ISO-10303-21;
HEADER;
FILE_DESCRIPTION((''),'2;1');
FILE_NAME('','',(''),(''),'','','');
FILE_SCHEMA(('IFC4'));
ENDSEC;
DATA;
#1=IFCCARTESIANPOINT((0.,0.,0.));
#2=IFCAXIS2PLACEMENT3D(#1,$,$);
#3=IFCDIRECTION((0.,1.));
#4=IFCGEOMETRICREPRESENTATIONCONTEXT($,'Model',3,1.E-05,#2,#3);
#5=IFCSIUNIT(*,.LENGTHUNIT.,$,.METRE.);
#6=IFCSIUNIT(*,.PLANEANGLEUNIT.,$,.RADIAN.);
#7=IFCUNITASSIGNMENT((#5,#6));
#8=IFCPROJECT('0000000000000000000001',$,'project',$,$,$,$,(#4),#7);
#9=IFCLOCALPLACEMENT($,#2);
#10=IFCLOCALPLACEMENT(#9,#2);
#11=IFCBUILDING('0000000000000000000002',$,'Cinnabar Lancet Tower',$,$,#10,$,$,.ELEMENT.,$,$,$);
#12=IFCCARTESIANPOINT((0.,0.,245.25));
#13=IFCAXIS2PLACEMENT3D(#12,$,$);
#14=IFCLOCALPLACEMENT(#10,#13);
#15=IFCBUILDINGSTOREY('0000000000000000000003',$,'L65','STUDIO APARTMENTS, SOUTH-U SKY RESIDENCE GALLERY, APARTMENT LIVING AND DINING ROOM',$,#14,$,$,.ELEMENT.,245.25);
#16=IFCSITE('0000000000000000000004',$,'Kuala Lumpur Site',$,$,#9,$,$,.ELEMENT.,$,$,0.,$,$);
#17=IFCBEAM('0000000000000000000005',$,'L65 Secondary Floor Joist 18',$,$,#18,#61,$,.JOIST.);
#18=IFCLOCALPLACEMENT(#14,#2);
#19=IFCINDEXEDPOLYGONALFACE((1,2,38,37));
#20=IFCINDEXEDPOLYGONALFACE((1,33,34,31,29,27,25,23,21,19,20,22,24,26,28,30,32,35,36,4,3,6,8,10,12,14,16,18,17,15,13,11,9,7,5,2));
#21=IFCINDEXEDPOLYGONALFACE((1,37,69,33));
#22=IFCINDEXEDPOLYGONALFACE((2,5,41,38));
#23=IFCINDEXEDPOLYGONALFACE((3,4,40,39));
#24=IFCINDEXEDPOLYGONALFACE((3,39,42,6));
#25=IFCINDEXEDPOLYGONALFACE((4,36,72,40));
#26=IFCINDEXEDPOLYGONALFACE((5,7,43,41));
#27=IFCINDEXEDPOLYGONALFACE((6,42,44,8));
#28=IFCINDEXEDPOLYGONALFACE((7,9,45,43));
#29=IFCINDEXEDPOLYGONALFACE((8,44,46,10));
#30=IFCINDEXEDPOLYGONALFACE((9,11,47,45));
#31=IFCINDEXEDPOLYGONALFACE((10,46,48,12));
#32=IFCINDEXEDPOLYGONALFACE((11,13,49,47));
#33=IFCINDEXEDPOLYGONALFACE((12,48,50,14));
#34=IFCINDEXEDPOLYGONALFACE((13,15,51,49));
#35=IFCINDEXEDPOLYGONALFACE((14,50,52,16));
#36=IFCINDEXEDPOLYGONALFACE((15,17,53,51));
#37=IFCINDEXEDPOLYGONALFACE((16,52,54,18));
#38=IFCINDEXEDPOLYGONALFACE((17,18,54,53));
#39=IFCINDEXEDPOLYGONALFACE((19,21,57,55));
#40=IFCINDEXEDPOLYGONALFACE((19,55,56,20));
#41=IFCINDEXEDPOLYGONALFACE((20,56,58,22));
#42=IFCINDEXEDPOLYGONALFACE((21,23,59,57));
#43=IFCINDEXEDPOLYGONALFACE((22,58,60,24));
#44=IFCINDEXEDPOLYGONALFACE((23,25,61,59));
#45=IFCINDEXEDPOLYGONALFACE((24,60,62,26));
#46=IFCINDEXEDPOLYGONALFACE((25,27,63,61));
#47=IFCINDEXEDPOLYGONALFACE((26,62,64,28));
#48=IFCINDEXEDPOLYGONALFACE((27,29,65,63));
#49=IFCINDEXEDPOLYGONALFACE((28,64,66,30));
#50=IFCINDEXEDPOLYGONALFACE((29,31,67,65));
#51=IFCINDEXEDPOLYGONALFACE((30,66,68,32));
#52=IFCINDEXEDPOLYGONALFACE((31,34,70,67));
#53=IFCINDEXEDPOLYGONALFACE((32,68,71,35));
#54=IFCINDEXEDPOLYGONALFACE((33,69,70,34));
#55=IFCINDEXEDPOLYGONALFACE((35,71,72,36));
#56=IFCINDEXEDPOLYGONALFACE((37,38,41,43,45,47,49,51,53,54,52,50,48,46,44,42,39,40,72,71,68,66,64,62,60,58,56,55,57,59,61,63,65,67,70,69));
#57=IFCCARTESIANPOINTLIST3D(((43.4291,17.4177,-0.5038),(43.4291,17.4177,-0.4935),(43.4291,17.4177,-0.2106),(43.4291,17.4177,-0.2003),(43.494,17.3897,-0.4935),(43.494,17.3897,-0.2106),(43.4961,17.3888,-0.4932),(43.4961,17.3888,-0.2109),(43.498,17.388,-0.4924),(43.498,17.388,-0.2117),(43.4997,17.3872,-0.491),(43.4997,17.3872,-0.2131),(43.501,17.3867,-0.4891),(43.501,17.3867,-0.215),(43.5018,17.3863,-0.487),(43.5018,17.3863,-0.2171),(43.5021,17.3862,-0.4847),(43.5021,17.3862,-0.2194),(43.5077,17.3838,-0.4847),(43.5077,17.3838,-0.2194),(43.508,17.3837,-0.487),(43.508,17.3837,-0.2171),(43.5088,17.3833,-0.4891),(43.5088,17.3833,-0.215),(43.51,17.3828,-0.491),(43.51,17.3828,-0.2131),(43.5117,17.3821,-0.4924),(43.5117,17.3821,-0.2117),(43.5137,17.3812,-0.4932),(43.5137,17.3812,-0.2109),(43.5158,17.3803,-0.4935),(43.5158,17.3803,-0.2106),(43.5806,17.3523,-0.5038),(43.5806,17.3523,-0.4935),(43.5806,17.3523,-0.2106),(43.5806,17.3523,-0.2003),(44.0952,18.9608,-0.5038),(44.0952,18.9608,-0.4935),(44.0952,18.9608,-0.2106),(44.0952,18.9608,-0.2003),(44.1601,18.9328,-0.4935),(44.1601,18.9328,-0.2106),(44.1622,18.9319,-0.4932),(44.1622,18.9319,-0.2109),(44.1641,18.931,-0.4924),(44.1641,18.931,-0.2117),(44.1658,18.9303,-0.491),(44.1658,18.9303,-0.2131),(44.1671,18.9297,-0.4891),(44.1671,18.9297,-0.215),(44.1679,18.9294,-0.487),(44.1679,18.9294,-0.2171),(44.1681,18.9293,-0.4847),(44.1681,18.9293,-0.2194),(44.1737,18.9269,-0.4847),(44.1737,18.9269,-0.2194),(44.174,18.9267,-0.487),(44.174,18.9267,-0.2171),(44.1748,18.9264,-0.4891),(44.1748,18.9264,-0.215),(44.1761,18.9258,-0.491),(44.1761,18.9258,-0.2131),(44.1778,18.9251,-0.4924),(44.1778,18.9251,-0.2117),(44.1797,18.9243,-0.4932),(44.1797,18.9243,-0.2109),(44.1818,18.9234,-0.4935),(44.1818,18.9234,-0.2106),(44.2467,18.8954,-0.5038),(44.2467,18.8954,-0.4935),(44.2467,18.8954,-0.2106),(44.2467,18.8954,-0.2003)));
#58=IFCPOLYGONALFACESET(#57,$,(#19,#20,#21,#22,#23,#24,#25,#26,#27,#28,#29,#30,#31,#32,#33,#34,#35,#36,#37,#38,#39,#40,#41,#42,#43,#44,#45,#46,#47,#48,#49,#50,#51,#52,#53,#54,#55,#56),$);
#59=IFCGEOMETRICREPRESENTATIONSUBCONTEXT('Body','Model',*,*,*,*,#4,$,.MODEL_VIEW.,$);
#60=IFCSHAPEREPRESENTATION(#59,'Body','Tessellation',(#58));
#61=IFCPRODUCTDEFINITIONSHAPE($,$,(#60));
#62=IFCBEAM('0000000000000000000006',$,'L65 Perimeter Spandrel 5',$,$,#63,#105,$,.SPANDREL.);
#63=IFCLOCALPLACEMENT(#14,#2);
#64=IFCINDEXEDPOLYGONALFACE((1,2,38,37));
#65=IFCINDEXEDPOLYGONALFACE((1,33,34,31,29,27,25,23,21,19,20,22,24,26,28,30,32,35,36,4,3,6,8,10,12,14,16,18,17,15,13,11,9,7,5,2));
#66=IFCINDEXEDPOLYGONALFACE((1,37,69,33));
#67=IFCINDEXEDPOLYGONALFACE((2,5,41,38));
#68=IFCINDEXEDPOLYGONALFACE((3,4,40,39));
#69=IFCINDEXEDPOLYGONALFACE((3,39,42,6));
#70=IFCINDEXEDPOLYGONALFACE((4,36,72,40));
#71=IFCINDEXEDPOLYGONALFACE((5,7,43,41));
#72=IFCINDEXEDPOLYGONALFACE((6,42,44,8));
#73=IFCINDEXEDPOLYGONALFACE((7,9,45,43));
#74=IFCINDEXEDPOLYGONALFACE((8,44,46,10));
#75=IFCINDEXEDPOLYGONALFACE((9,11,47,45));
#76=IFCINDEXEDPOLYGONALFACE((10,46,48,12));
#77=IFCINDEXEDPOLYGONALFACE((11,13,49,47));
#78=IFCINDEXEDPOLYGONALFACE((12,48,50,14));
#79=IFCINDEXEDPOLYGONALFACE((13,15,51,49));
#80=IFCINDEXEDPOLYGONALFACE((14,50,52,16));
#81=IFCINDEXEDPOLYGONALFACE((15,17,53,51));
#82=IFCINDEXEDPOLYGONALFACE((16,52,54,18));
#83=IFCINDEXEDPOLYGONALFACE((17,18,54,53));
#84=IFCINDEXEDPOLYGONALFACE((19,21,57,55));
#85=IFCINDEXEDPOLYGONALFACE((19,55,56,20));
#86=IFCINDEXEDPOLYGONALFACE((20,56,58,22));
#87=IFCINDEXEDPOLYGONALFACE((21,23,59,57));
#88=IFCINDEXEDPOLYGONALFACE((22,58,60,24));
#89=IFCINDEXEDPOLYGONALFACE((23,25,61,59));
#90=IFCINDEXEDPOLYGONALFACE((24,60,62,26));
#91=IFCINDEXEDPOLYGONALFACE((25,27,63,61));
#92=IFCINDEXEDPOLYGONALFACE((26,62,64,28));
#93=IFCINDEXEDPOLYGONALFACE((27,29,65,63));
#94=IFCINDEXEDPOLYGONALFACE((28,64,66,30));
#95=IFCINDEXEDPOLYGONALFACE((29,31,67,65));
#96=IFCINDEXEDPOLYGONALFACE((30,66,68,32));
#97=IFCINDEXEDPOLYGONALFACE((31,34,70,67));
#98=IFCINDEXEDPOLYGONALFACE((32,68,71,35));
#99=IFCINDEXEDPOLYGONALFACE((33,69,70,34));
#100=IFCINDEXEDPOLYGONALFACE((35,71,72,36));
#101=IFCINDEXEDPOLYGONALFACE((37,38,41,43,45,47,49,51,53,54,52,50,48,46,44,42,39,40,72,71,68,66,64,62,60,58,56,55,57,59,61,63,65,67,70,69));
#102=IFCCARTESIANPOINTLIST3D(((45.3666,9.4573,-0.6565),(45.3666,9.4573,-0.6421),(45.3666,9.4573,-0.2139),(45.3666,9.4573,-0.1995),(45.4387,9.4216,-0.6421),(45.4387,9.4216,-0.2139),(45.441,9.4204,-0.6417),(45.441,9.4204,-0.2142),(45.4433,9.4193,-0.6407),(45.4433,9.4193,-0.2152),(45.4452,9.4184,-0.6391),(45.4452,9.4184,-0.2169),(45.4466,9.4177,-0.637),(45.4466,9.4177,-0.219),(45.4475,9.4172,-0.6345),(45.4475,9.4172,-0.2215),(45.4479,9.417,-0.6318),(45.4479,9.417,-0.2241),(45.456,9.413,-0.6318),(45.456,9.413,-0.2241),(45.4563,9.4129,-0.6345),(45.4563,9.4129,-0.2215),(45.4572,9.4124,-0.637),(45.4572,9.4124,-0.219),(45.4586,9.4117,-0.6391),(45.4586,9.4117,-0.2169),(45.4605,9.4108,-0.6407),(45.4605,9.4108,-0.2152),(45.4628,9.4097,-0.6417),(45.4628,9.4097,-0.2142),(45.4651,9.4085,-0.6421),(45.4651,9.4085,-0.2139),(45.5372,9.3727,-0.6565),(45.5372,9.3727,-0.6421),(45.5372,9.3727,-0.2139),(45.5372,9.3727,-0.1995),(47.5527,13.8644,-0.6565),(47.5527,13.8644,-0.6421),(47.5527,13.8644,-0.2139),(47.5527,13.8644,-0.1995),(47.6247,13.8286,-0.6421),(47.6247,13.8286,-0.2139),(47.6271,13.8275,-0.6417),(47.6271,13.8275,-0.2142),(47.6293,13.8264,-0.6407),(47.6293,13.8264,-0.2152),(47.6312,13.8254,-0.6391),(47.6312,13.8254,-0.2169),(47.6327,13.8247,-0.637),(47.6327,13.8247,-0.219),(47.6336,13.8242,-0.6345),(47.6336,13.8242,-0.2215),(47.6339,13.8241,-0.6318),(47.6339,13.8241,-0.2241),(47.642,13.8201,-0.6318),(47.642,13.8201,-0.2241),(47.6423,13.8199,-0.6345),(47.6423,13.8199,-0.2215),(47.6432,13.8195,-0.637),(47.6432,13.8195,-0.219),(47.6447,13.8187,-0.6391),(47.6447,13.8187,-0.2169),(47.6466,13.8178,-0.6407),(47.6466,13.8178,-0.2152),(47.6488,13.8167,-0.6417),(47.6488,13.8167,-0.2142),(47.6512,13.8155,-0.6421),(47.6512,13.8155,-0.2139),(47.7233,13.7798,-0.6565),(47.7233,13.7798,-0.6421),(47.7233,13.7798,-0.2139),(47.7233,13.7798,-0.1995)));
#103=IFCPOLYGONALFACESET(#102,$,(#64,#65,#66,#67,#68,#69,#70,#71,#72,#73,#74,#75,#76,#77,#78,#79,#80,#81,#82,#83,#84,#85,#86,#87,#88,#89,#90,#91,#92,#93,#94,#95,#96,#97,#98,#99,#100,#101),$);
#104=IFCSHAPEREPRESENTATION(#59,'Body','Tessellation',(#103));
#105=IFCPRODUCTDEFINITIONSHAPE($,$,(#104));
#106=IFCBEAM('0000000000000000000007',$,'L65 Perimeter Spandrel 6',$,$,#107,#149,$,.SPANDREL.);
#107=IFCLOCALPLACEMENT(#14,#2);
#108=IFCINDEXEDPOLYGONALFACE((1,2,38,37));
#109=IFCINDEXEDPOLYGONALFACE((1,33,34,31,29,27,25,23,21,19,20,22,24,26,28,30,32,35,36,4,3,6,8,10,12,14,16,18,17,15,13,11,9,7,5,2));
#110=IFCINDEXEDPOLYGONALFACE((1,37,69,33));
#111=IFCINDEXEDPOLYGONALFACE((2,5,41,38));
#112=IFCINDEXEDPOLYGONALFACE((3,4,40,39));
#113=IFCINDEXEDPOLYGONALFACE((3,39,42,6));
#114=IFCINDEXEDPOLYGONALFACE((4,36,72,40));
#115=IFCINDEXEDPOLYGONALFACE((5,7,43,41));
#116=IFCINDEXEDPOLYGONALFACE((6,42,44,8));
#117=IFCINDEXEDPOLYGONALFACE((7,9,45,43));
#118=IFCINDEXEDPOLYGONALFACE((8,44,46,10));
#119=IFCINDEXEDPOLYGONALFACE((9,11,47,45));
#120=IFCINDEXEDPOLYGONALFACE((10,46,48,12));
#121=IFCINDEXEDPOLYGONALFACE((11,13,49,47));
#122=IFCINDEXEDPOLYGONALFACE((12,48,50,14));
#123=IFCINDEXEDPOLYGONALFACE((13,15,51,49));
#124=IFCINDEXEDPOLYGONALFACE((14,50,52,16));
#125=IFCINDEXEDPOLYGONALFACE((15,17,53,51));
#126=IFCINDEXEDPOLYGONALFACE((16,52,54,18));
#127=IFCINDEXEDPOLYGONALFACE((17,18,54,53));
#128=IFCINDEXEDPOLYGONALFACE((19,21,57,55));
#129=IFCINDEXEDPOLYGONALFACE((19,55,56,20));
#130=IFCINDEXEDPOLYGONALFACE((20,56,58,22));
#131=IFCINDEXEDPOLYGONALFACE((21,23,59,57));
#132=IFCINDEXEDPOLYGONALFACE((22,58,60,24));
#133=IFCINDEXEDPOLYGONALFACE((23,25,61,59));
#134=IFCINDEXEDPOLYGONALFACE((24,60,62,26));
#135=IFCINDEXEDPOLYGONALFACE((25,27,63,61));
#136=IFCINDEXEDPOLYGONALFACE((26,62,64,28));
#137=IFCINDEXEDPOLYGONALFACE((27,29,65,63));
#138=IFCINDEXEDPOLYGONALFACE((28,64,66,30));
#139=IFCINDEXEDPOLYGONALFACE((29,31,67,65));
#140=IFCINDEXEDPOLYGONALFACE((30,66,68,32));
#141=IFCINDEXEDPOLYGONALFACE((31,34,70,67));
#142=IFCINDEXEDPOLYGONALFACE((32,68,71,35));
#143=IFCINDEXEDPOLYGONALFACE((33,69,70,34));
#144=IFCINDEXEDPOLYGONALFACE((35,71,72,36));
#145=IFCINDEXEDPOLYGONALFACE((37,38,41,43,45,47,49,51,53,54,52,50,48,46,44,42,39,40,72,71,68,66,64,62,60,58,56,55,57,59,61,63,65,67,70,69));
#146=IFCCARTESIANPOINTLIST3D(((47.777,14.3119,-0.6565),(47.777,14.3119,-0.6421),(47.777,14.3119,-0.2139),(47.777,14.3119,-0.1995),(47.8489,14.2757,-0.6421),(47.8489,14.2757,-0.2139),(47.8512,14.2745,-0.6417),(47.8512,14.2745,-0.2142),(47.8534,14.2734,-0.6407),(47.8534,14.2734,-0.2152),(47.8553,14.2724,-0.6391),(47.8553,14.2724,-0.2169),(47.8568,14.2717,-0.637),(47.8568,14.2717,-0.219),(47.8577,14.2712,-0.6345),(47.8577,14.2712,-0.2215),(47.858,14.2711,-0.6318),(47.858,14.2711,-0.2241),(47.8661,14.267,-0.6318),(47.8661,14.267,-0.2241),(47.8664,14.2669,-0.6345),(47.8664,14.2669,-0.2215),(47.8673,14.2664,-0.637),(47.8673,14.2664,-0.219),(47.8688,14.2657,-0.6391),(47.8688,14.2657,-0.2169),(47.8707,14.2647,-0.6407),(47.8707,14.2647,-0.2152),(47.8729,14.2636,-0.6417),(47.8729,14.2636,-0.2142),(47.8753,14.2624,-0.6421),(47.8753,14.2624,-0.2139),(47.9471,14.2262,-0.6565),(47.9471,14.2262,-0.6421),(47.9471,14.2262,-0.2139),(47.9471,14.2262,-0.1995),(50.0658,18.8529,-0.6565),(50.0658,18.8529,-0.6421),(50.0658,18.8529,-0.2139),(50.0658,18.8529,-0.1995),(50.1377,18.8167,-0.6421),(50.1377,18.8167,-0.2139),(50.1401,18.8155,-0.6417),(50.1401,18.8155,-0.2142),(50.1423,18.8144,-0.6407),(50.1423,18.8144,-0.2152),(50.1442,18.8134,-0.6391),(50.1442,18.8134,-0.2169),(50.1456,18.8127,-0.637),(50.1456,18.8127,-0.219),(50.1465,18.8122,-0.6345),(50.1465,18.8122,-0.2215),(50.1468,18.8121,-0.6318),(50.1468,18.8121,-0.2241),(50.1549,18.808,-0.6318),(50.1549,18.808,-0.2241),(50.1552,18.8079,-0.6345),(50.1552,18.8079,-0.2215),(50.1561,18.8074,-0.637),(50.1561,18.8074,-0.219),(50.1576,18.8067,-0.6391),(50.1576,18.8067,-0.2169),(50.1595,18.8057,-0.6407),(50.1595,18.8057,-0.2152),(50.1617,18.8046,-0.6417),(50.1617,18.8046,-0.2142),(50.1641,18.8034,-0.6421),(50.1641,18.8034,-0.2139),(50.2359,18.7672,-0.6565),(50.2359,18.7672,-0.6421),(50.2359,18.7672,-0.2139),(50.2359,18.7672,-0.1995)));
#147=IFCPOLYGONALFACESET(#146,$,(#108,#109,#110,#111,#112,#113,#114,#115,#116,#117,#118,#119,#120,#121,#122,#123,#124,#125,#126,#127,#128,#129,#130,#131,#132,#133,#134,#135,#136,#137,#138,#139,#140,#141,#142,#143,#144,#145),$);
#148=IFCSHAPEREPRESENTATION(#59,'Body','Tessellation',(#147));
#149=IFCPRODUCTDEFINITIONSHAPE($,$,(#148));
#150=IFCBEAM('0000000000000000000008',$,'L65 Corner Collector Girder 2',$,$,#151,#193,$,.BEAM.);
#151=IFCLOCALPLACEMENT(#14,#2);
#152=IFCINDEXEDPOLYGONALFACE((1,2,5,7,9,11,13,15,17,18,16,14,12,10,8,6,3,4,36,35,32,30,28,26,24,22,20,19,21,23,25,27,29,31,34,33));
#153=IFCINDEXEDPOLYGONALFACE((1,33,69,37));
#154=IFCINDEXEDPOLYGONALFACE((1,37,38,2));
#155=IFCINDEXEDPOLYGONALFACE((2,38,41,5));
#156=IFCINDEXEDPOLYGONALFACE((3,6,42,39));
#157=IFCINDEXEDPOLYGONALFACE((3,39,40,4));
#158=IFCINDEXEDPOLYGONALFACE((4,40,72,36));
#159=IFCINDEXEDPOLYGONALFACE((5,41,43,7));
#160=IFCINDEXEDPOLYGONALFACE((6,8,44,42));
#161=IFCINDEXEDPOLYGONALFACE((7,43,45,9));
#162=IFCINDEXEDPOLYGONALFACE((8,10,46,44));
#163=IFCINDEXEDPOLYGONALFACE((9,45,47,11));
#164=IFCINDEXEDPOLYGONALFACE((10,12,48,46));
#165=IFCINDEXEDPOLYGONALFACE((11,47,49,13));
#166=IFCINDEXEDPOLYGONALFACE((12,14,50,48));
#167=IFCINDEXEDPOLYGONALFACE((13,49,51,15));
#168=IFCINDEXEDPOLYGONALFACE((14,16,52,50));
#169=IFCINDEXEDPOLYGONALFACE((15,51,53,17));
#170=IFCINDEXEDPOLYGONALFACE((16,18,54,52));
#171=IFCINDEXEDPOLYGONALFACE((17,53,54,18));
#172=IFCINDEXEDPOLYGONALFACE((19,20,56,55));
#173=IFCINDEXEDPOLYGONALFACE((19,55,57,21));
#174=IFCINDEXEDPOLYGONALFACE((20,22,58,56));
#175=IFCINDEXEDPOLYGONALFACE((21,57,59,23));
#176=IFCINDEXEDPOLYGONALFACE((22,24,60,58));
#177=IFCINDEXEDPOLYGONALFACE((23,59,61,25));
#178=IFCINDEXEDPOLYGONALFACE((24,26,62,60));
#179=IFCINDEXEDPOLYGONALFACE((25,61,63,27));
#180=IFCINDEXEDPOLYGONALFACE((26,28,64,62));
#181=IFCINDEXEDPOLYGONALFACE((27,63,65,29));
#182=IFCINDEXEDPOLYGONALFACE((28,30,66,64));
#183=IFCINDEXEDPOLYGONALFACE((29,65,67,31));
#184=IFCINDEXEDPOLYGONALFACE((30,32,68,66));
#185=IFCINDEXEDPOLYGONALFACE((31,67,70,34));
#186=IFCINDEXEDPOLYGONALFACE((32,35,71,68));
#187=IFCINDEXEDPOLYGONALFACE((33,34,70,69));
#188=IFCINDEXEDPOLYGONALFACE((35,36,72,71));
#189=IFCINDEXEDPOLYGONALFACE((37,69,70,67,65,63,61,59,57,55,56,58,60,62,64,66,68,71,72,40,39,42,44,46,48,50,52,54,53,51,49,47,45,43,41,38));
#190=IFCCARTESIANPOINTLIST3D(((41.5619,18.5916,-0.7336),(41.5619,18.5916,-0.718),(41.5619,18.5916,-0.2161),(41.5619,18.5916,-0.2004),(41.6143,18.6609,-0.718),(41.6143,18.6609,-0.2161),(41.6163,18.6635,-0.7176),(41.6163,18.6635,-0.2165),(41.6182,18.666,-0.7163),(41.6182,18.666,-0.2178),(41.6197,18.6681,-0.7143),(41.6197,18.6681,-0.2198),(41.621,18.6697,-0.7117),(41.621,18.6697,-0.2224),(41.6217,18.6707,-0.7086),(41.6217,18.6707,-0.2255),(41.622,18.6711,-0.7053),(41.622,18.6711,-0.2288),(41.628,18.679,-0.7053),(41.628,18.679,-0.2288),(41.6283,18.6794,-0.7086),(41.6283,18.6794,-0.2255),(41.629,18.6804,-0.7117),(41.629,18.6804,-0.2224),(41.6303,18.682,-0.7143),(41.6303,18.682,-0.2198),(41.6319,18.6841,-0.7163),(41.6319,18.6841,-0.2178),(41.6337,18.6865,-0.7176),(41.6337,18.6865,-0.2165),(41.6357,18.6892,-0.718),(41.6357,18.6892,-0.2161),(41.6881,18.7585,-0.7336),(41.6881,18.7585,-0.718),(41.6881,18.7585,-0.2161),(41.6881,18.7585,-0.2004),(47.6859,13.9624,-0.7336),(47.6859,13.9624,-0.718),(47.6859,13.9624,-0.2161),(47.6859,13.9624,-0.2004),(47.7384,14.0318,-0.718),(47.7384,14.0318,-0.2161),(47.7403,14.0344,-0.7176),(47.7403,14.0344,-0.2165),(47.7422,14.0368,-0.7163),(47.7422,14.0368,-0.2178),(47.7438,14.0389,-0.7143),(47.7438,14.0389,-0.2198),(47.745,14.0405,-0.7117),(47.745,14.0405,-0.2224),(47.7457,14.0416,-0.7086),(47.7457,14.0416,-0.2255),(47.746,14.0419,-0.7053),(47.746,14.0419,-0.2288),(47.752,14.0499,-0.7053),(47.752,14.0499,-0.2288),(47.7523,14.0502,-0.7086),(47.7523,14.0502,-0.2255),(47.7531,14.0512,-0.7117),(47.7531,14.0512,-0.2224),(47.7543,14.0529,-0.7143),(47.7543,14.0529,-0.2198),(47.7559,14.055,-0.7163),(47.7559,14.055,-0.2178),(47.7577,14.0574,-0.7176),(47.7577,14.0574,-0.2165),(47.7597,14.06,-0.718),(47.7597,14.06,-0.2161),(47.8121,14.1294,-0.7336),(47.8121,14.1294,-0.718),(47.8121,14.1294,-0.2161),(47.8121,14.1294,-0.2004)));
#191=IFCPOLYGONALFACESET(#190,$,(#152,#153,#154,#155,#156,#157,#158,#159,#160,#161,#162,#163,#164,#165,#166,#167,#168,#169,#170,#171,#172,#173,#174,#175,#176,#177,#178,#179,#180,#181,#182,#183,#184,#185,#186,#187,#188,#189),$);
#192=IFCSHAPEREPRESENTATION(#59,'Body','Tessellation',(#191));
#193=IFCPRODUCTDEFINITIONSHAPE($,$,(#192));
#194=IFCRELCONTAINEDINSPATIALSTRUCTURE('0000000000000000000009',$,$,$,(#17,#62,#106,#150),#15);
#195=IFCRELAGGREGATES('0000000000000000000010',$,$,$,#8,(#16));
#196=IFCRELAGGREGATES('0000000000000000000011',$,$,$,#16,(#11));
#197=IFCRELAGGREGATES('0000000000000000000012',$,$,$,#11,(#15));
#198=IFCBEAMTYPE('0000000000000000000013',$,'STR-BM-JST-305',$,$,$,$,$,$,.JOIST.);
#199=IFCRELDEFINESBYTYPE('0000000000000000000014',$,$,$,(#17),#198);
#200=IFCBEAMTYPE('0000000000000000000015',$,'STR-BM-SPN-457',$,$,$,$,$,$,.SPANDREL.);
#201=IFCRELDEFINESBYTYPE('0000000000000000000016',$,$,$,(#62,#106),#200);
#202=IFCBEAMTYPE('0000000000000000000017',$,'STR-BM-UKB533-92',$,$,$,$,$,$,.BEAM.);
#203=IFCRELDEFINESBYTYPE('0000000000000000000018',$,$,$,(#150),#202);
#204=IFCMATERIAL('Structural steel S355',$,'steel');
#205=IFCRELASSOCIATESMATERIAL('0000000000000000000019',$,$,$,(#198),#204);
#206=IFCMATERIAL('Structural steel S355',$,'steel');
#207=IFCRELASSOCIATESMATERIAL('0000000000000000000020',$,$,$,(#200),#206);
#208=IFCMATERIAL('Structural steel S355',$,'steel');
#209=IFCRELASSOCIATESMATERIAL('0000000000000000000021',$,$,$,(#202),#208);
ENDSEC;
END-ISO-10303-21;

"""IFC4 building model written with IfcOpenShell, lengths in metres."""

from ifc_helpers import new_model, si_unit, direction, frame, origin, origin_2d, place, context, subcontext, project, spatial, i_section, extrude, material, material_profile, profile_set, type_object, element, save


model = new_model("IFC4")

# Units and contexts
model_context = context("Model", 3, precision=1e-05, world=origin(), true_north=direction((0.0, 1.0)))
body_context = subcontext(model_context, "Body", "Model", "MODEL_VIEW")
ifc_project = project(units=[si_unit("LENGTHUNIT", "METRE"), si_unit("PLANEANGLEUNIT", "RADIAN")], contexts=[model_context])

# Site, building, storey
site_placement = place(None, origin())
site = spatial("IfcSite", under=ifc_project, at=site_placement, Name="Kuala Lumpur Site", CompositionType="ELEMENT", RefElevation=0.0)
building_placement = place(site_placement, origin())
building = spatial("IfcBuilding", under=site, at=building_placement, Name="Cinnabar Lancet Tower", CompositionType="ELEMENT")
storey_placement = place(building_placement, frame((0.0, 0.0, 245.25)))
storey = spatial("IfcBuildingStorey", under=building, at=storey_placement, Name="L65", Description="STUDIO APARTMENTS, SOUTH-U SKY RESIDENCE GALLERY, APARTMENT LIVING AND DINING ROOM", CompositionType="ELEMENT", Elevation=245.25)

# Beams
ifc_material_1 = material(Name="Structural steel S355", Category="steel")
ifc_material_profile_1 = material_profile(ifc_material_1, i_section(OverallWidth=0.165, OverallDepth=0.3035, WebThickness=0.0061, FlangeThickness=0.0103, FilletRadius=0.0088, at=origin_2d()), Name="UKB 305x165x40")
ifc_profile_set_1 = profile_set([ifc_material_profile_1], Name="Structural steel S355")
beam_type_1 = type_object("IfcBeamType", Name="STR-BM-JST-305", PredefinedType="JOIST", material=ifc_profile_set_1)
beam_1_placement = place(storey_placement, frame((43.5049, 17.385, -0.3521), z_axis=(0.396302, 0.91812, 0.0), x_axis=(-0.91812, 0.396302, 0.0)))
element("IfcBeam", 1, at=beam_1_placement, inside=storey, type_object=beam_type_1, Name="L65 Secondary Floor Joist 18", PredefinedType="JOIST", context=body_context, shape_type="SweptSolid", body=[
    extrude(i_section(OverallWidth=0.165, OverallDepth=0.3035, WebThickness=0.0061, FlangeThickness=0.0103, FilletRadius=0.0088, at=origin_2d()), origin(), (0.0, 0.0, 1.0), 1.6807),
])
ifc_material_2 = material(Name="Structural steel S355", Category="steel")
ifc_material_profile_2 = material_profile(ifc_material_2, i_section(OverallWidth=0.1904, OverallDepth=0.457, WebThickness=0.009, FlangeThickness=0.0144, FilletRadius=0.0103, at=origin_2d()), Name="UKB 457x191x74")
ifc_profile_set_2 = profile_set([ifc_material_profile_2], Name="Structural steel S355")
beam_type_2 = type_object("IfcBeamType", Name="STR-BM-SPN-457", PredefinedType="SPANDREL", material=ifc_profile_set_2)
beam_2_placement = place(storey_placement, frame((45.4519, 9.415, -0.428), z_axis=(0.444373, 0.895842, 0.0), x_axis=(-0.895842, 0.444373, 0.0)))
element("IfcBeam", 2, at=beam_2_placement, inside=storey, type_object=beam_type_2, Name="L65 Perimeter Spandrel 5", PredefinedType="SPANDREL", context=body_context, shape_type="SweptSolid", body=[
    extrude(i_section(OverallWidth=0.1904, OverallDepth=0.457, WebThickness=0.009, FlangeThickness=0.0144, FilletRadius=0.0103, at=origin_2d()), origin(), (0.0, 0.0, 1.0), 4.9194),
])
beam_3_placement = place(storey_placement, frame((47.8621, 14.269, -0.428), z_axis=(0.450092, 0.892982, 0.0), x_axis=(-0.892982, 0.450092, 0.0)))
element("IfcBeam", 3, at=beam_3_placement, inside=storey, type_object=beam_type_2, Name="L65 Perimeter Spandrel 6", PredefinedType="SPANDREL", context=body_context, shape_type="SweptSolid", body=[
    extrude(i_section(OverallWidth=0.1904, OverallDepth=0.457, WebThickness=0.009, FlangeThickness=0.0144, FilletRadius=0.0103, at=origin_2d()), origin(), (0.0, 0.0, 1.0), 5.0852),
])
ifc_material_3 = material(Name="Structural steel S355", Category="steel")
ifc_material_profile_3 = material_profile(ifc_material_3, i_section(OverallWidth=0.2092, OverallDepth=0.5332, WebThickness=0.01, FlangeThickness=0.0156, FilletRadius=0.0127, at=origin_2d()), Name="UKB 533x210x92")
ifc_profile_set_3 = profile_set([ifc_material_profile_3], Name="Structural steel S355")
beam_type_3 = type_object("IfcBeamType", Name="STR-BM-UKB533-92", PredefinedType="BEAM", material=ifc_profile_set_3)
beam_4_placement = place(storey_placement, frame((47.749, 14.0459, -0.467), z_axis=(-0.797735, 0.603008, 0.0), x_axis=(-0.603008, -0.797735, 0.0)))
element("IfcBeam", 4, at=beam_4_placement, inside=storey, type_object=beam_type_3, Name="L65 Corner Collector Girder 2", PredefinedType="BEAM", context=body_context, shape_type="SweptSolid", body=[
    extrude(i_section(OverallWidth=0.2092, OverallDepth=0.5332, WebThickness=0.01, FlangeThickness=0.0156, FilletRadius=0.0127, at=origin_2d()), origin(), (0.0, 0.0, 1.0), 7.6768),
])

save(model, "model.ifc")
